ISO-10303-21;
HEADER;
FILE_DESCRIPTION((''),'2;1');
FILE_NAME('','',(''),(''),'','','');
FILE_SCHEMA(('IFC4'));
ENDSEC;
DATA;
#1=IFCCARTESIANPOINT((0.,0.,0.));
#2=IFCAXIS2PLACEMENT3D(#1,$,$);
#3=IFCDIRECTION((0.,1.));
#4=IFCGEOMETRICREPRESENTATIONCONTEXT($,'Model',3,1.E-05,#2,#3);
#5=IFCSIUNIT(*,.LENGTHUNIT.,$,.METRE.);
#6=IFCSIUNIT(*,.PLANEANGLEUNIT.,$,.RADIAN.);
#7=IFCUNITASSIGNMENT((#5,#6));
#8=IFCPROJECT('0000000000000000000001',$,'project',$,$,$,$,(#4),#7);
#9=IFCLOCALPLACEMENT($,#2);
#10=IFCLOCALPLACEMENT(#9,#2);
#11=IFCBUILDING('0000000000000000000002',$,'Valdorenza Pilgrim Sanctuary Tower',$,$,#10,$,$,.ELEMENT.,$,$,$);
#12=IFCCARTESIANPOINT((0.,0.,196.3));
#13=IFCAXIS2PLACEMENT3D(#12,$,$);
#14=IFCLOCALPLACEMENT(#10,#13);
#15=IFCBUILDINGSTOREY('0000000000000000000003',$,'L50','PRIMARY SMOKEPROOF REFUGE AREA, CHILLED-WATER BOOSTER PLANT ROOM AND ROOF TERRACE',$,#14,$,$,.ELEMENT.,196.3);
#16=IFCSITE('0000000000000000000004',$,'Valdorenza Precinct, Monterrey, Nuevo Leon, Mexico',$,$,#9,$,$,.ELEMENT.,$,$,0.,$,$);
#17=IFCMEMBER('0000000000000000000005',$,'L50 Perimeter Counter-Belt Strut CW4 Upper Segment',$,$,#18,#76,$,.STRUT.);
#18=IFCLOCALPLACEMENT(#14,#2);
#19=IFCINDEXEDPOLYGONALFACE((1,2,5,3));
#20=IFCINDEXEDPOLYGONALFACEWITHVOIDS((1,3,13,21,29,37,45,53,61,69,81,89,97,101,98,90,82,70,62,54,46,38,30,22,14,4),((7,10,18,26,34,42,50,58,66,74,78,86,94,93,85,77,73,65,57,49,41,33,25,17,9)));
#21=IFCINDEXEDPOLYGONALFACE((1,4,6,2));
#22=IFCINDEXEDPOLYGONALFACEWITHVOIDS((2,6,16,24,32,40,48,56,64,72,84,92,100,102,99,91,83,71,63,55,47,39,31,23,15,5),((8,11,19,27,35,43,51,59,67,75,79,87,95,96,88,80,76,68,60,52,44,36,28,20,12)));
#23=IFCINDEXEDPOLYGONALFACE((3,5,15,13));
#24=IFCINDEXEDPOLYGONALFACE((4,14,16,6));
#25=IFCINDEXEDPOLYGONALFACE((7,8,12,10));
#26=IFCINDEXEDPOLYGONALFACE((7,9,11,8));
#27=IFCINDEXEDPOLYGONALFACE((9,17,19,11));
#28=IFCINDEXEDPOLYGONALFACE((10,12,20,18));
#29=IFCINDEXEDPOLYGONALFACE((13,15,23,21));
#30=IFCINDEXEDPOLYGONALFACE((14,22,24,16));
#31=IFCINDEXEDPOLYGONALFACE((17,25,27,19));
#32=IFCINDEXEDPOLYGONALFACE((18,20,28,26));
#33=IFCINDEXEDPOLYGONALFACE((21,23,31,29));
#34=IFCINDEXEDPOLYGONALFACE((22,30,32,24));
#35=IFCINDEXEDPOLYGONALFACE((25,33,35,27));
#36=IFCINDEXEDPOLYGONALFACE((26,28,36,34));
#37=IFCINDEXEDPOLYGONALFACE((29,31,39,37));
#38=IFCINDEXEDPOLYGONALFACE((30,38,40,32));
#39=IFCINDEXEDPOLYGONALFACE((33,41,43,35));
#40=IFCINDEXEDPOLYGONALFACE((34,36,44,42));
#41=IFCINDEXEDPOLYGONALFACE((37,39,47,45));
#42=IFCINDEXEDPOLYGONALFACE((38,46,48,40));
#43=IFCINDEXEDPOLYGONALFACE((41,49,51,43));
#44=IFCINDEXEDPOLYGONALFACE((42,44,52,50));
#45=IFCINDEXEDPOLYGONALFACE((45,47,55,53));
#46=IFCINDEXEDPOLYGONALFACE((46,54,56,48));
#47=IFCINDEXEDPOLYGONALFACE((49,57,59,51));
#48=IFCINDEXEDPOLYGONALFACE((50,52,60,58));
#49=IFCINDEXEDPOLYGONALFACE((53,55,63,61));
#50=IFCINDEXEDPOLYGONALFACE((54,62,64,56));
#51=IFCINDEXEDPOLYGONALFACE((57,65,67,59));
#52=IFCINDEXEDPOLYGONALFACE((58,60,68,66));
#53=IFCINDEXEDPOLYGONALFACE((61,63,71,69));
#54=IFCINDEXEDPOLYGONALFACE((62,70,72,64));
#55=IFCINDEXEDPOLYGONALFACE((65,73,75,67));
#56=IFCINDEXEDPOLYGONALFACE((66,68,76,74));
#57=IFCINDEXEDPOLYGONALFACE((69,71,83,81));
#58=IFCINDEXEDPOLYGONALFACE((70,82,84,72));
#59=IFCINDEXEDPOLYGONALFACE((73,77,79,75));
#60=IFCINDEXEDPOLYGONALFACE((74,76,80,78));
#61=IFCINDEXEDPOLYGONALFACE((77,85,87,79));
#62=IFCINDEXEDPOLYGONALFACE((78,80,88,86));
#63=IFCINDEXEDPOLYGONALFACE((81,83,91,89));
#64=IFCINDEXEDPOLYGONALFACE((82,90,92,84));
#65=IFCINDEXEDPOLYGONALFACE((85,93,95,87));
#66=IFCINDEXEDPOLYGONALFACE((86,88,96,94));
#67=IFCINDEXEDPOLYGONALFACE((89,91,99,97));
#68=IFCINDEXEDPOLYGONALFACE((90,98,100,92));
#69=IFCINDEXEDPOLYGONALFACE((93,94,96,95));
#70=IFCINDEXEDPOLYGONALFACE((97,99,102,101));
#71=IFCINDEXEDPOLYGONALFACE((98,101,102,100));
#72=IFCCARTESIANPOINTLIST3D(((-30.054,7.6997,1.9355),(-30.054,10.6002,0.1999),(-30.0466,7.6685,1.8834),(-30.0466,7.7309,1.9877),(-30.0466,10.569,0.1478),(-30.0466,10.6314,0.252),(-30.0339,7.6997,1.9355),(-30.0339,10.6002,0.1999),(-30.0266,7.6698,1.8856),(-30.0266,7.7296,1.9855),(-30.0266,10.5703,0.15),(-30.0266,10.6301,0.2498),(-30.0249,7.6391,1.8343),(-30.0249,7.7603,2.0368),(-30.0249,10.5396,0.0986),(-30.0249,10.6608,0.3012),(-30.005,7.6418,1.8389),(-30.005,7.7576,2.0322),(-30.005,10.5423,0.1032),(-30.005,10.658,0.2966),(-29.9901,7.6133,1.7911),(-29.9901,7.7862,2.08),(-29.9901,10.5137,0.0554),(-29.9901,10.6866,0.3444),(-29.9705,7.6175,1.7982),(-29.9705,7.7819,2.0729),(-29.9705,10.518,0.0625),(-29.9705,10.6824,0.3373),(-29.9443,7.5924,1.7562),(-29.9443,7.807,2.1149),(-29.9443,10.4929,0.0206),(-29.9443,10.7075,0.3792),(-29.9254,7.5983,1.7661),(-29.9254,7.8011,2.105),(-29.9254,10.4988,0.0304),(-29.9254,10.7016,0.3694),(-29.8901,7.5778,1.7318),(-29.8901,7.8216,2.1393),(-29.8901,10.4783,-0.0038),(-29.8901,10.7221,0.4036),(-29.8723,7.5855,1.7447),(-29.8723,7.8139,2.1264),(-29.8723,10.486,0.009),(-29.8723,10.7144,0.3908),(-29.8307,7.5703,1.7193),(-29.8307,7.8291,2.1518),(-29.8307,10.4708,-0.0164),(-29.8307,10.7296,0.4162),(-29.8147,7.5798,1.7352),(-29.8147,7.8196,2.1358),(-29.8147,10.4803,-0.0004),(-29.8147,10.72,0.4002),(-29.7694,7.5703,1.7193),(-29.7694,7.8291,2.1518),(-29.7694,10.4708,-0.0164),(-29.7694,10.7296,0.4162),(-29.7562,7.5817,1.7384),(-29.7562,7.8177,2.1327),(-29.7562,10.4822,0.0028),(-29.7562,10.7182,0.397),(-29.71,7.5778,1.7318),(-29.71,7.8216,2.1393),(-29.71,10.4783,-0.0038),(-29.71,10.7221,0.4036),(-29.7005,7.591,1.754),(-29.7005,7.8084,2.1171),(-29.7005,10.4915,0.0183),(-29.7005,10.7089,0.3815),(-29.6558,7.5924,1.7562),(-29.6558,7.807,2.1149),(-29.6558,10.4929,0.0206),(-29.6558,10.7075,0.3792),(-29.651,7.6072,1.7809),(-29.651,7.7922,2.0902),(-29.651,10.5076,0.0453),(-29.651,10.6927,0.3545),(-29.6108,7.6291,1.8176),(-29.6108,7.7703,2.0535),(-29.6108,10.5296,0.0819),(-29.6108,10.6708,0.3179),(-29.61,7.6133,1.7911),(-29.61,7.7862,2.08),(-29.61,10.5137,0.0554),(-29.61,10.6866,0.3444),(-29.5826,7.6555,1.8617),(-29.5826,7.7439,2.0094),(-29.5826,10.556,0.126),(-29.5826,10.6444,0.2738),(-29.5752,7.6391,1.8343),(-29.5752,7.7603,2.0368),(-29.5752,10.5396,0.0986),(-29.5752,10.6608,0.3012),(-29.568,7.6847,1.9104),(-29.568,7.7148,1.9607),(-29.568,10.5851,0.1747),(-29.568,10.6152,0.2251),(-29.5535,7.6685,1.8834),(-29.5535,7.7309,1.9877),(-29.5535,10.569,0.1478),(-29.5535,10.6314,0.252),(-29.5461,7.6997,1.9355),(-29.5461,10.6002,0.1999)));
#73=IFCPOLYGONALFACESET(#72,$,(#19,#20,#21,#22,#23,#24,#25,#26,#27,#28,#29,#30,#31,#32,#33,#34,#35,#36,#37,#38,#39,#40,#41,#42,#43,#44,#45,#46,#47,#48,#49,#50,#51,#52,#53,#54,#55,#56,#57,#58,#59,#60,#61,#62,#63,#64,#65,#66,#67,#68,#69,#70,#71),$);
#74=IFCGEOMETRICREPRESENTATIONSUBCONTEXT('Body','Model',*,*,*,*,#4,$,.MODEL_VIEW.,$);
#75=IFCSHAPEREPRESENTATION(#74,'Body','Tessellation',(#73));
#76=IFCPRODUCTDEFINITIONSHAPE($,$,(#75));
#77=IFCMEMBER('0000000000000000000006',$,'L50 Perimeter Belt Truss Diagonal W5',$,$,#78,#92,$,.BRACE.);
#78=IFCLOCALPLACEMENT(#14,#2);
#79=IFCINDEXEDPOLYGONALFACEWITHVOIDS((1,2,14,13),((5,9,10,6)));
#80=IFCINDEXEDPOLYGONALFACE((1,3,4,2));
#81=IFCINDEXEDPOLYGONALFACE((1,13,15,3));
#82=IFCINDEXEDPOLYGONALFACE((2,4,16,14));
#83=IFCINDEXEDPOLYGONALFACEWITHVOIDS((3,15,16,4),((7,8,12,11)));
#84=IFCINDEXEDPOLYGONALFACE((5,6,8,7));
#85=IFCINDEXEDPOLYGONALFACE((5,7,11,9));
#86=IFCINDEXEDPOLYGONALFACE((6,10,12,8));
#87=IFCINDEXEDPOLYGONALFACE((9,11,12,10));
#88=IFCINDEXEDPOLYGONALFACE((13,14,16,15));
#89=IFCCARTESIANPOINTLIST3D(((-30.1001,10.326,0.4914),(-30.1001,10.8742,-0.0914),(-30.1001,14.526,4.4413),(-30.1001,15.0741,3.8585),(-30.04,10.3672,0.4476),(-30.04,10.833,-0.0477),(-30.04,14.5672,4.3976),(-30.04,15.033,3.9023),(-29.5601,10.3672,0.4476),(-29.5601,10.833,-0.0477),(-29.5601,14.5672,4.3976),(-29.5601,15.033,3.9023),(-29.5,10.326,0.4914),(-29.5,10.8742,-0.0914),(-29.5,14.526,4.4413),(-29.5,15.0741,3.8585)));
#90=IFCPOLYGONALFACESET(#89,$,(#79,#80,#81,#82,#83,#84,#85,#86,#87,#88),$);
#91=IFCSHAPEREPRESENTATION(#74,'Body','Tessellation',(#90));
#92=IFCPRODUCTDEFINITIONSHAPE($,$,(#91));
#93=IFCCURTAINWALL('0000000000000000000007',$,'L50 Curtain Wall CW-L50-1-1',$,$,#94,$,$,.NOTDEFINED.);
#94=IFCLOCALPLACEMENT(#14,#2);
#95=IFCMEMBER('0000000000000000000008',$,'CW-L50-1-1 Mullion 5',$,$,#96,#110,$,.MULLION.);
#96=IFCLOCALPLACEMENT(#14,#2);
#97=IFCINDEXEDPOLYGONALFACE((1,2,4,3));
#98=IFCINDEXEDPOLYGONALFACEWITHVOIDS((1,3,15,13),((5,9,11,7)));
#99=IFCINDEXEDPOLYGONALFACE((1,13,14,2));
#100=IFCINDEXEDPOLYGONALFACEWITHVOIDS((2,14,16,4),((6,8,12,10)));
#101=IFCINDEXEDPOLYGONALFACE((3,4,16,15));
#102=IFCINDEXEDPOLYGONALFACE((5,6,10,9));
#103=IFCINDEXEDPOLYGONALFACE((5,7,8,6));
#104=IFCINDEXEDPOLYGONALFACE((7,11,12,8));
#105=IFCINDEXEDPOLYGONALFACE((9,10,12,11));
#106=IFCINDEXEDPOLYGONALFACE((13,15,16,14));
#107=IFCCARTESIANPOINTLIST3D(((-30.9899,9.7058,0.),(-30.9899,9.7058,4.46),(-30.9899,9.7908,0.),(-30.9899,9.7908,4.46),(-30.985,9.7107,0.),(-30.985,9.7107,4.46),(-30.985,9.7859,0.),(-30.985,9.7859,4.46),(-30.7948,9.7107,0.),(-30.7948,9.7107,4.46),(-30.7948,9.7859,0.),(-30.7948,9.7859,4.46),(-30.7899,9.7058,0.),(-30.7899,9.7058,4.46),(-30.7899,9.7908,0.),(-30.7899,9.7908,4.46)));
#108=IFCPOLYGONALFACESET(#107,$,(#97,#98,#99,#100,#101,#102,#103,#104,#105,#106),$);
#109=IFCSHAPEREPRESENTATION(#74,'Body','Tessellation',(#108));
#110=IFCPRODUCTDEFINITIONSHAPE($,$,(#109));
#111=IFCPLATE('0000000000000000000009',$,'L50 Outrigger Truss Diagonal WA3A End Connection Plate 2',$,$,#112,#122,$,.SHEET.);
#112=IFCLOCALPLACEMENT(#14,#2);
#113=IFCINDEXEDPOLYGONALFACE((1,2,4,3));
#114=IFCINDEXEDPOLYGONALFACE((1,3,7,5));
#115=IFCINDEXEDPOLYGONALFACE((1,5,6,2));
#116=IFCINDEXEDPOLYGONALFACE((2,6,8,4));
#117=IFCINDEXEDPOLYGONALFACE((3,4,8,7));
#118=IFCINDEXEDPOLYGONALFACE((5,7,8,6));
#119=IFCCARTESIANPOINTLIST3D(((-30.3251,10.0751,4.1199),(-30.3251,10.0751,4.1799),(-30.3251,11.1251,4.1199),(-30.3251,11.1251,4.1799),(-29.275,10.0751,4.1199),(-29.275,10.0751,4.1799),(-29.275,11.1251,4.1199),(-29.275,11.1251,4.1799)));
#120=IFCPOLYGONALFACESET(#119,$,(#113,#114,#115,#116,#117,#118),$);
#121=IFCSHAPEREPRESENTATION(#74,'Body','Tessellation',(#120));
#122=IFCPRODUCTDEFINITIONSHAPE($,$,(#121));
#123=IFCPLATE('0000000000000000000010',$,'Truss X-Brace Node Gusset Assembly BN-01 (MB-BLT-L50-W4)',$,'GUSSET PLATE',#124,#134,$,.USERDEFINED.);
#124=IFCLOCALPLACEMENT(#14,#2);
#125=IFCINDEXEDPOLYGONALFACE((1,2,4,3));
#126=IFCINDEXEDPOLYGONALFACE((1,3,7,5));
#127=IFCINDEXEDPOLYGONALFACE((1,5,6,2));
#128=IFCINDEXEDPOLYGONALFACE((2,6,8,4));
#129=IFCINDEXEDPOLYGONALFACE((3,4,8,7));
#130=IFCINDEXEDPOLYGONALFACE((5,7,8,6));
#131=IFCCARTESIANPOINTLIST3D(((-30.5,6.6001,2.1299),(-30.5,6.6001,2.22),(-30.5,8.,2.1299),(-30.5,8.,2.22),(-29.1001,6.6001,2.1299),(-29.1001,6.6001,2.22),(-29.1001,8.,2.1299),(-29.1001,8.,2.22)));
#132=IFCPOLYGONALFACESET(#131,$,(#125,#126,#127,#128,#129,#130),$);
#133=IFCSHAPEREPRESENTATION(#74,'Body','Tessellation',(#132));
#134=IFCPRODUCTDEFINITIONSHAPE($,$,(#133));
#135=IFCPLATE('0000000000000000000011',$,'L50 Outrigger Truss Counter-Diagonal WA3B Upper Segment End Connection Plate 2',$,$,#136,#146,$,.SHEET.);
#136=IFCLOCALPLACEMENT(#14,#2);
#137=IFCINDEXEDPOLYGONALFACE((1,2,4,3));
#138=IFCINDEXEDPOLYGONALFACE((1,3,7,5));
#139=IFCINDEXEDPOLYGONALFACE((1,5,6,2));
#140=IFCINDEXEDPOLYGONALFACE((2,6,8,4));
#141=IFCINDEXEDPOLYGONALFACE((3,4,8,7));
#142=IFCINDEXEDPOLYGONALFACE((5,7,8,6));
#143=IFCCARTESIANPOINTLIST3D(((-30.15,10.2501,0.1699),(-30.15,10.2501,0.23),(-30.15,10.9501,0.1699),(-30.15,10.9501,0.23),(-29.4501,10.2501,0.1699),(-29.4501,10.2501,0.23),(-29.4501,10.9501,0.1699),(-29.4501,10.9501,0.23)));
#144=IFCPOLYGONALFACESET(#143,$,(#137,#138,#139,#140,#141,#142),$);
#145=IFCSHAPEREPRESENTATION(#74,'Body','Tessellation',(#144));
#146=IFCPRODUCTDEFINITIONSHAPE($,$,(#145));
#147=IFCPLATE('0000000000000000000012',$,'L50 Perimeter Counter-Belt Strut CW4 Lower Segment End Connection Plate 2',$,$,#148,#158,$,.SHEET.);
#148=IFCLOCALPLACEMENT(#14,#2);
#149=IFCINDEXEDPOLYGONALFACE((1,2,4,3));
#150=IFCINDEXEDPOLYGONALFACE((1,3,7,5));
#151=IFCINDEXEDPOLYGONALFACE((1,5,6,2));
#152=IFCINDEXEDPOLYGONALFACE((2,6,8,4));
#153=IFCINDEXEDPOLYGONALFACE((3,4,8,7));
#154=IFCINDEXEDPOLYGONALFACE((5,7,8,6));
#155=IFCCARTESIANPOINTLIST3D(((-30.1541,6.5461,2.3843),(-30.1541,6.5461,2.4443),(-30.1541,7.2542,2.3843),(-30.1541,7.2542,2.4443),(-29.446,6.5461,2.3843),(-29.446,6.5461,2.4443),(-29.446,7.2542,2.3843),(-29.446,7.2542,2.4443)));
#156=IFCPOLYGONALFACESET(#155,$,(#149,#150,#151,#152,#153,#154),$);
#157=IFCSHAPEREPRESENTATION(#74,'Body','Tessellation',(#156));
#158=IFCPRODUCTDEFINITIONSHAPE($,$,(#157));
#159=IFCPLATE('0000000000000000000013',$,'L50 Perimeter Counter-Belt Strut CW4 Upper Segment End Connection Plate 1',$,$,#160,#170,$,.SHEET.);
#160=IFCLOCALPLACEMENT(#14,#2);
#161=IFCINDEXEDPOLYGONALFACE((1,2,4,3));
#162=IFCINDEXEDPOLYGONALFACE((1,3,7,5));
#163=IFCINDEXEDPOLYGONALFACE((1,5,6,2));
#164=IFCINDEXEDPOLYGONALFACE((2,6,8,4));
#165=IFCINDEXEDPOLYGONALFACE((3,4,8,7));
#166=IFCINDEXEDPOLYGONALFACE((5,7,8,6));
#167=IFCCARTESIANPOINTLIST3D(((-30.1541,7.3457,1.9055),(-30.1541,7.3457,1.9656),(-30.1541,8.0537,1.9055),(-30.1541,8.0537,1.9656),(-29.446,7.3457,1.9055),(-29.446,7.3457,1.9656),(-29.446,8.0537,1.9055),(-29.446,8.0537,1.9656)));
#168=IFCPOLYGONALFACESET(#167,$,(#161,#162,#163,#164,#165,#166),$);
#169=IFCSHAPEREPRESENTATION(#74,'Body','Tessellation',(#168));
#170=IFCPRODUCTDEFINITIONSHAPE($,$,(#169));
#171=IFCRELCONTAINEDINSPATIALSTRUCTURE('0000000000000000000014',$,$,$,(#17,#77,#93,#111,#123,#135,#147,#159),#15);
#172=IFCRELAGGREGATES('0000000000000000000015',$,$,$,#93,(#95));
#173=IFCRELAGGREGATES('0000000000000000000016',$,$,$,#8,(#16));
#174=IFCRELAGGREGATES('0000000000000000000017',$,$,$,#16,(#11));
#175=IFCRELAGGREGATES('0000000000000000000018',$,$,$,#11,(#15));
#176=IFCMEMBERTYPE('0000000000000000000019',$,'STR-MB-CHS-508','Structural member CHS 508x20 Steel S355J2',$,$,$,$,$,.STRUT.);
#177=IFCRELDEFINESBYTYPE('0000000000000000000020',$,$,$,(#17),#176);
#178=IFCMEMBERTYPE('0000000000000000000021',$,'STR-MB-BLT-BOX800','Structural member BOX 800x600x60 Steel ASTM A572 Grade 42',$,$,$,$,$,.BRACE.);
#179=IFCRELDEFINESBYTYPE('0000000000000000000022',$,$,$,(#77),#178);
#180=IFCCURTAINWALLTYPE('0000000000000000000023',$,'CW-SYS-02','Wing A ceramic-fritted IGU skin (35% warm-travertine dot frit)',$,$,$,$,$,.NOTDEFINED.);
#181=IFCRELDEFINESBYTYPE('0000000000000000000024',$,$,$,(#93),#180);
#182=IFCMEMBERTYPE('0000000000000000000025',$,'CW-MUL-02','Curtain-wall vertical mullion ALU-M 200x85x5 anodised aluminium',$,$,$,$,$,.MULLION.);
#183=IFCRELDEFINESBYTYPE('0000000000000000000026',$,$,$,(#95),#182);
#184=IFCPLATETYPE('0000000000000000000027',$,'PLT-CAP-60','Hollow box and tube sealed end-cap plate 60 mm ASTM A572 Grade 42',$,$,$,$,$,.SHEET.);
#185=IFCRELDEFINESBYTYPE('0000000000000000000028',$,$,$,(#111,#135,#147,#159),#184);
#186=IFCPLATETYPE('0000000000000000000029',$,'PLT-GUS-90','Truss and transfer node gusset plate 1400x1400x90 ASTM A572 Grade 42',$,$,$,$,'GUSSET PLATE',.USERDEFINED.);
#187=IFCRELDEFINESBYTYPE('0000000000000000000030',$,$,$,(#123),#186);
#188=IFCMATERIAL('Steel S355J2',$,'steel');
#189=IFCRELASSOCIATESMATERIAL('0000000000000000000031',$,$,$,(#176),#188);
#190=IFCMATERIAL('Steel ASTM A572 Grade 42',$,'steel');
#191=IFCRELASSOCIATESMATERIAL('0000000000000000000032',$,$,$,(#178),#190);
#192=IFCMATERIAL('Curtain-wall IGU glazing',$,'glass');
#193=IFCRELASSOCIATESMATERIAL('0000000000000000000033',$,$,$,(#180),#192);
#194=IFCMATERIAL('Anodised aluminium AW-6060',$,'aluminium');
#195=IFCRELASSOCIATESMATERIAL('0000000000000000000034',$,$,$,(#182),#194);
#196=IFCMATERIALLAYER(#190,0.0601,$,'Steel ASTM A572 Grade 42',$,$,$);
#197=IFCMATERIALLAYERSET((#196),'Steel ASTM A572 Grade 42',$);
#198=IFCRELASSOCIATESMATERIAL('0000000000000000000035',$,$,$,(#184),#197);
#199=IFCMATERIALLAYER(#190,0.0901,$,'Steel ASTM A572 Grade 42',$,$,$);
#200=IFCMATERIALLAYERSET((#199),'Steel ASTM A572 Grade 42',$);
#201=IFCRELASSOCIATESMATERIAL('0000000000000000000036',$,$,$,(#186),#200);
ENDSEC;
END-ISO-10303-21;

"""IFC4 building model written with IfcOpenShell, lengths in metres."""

from ifc_helpers import new_model, si_unit, direction, frame, origin, origin_2d, place, context, subcontext, project, spatial, rectangle, hollow_rectangle, hollow_circle, extrude, source, transform, mapped, material, layer, layer_set, material_profile, profile_set, type_object, element, aggregate, save


model = new_model("IFC4")

# Units and contexts
model_context = context("Model", 3, precision=1e-05, world=origin(), true_north=direction((0.0, 1.0)))
body_context = subcontext(model_context, "Body", "Model", "MODEL_VIEW")
ifc_project = project(units=[si_unit("LENGTHUNIT", "METRE"), si_unit("PLANEANGLEUNIT", "RADIAN")], contexts=[model_context])

# Site, building, storey
site_placement = place(None, origin())
site = spatial("IfcSite", under=ifc_project, at=site_placement, Name="Valdorenza Precinct, Monterrey, Nuevo Leon, Mexico", CompositionType="ELEMENT", RefElevation=0.0)
building_placement = place(site_placement, origin())
building = spatial("IfcBuilding", under=site, at=building_placement, Name="Valdorenza Pilgrim Sanctuary Tower", CompositionType="ELEMENT")
storey_placement = place(building_placement, frame((0.0, 0.0, 196.3)))
storey = spatial("IfcBuildingStorey", under=building, at=storey_placement, Name="L50", Description="PRIMARY SMOKEPROOF REFUGE AREA, CHILLED-WATER BOOSTER PLANT ROOM AND ROOF TERRACE", CompositionType="ELEMENT", Elevation=196.3)

# Members
ifc_material_1 = material(Name="Steel S355J2", Category="steel")
ifc_material_profile_1 = material_profile(ifc_material_1, hollow_circle(Radius=0.2539, WallThickness=0.02, at=origin_2d()), Name="CHS 508x20")
ifc_profile_set_1 = profile_set([ifc_material_profile_1], Name="Steel S355J2")
member_type_1 = type_object("IfcMemberType", Name="STR-MB-CHS-508", Description="Structural member CHS 508x20 Steel S355J2", PredefinedType="STRUT", material=ifc_profile_set_1)
shared_shape_1 = source(origin(), body_context, "Body", "SweptSolid", [
    extrude(hollow_circle(Radius=0.2539, WallThickness=0.02, at=origin_2d()), origin(), (0.0, 0.0, 1.0), 3.3801),
])
member_1_placement = place(storey_placement, frame((-29.8, 7.6997, 1.9355), z_axis=(0.0, 0.858098, -0.513486), x_axis=(-1.0, 0.0, 0.0)))
element("IfcMember", 1, at=member_1_placement, inside=storey, type_object=member_type_1, Name="L50 Perimeter Counter-Belt Strut CW4 Upper Segment", PredefinedType="STRUT", context=body_context, shape_type="MappedRepresentation", body=[
    mapped(shared_shape_1, transform((0.0, 0.0, 0.0), x_axis=(1.0, 0.0, 0.0), y_axis=(0.0, 1.0, 0.0), z_axis=(0.0, 0.0, 1.0), scale=1.0)),
])
ifc_material_2 = material(Name="Steel ASTM A572 Grade 42", Category="steel")
ifc_material_profile_2 = material_profile(ifc_material_2, hollow_rectangle(XDim=0.6001, YDim=0.8, WallThickness=0.0601, at=origin_2d()), Name="BOX 800x600x60")
ifc_profile_set_2 = profile_set([ifc_material_profile_2], Name="Steel ASTM A572 Grade 42")
member_type_2 = type_object("IfcMemberType", Name="STR-MB-BLT-BOX800", Description="Structural member BOX 800x600x60 Steel ASTM A572 Grade 42", PredefinedType="BRACE", material=ifc_profile_set_2)
shared_shape_2 = source(origin(), body_context, "Body", "SweptSolid", [
    extrude(hollow_rectangle(XDim=0.6001, YDim=0.8, WallThickness=0.0601, at=origin_2d()), origin(), (0.0, 0.0, 1.0), 5.7656),
])
member_2_placement = place(storey_placement, frame((-29.8, 10.6001, 0.2), z_axis=(0.0, 0.728455, 0.685094), x_axis=(-1.0, 0.0, 0.0)))
element("IfcMember", 2, at=member_2_placement, inside=storey, type_object=member_type_2, Name="L50 Perimeter Belt Truss Diagonal W5", PredefinedType="BRACE", context=body_context, shape_type="MappedRepresentation", body=[
    mapped(shared_shape_2, transform((0.0, 0.0, 0.0), x_axis=(1.0, 0.0, 0.0), y_axis=(0.0, 1.0, 0.0), z_axis=(0.0, 0.0, 1.0), scale=1.0)),
])

# Curtain wall, member
ifc_material_3 = material(Name="Curtain-wall IGU glazing", Category="glass")
curtain_wall_type = type_object("IfcCurtainWallType", Name="CW-SYS-02", Description="Wing A ceramic-fritted IGU skin (35% warm-travertine dot frit)", PredefinedType="NOTDEFINED", material=ifc_material_3)
curtain_wall_placement = place(storey_placement, origin())
curtain_wall = element("IfcCurtainWall", 3, at=curtain_wall_placement, inside=storey, type_object=curtain_wall_type, Name="L50 Curtain Wall CW-L50-1-1", PredefinedType="NOTDEFINED")
ifc_material_4 = material(Name="Anodised aluminium AW-6060", Category="aluminium")
ifc_material_profile_3 = material_profile(ifc_material_4, hollow_rectangle(XDim=0.085, YDim=0.2, WallThickness=0.0049, at=origin_2d()), Name="ALU-M 200x85x5")
ifc_profile_set_3 = profile_set([ifc_material_profile_3], Name="Anodised aluminium AW-6060")
member_type_3 = type_object("IfcMemberType", Name="CW-MUL-02", Description="Curtain-wall vertical mullion ALU-M 200x85x5 anodised aluminium", PredefinedType="MULLION", material=ifc_profile_set_3)
shared_shape_3 = source(origin(), body_context, "Body", "SweptSolid", [
    extrude(hollow_rectangle(XDim=0.085, YDim=0.2, WallThickness=0.0049, at=origin_2d()), origin(), (0.0, 0.0, 1.0), 4.46),
])
member_3_placement = place(storey_placement, frame((-30.8899, 9.7483, 0.0), z_axis=(0.0, 0.0, 1.0), x_axis=(0.0, 1.0, 0.0)))
member_3 = element("IfcMember", 4, at=member_3_placement, type_object=member_type_3, Name="CW-L50-1-1 Mullion 5", PredefinedType="MULLION", context=body_context, shape_type="MappedRepresentation", body=[
    mapped(shared_shape_3, transform((0.0, 0.0, 0.0), x_axis=(1.0, 0.0, 0.0), y_axis=(0.0, 1.0, 0.0), z_axis=(0.0, 0.0, 1.0), scale=1.0)),
])

# Plates
ifc_layer_1 = layer(ifc_material_2, 0.0601, Name="Steel ASTM A572 Grade 42")
ifc_layer_set_1 = layer_set([ifc_layer_1], Name="Steel ASTM A572 Grade 42")
plate_type_1 = type_object("IfcPlateType", Name="PLT-CAP-60", Description="Hollow box and tube sealed end-cap plate 60 mm ASTM A572 Grade 42", PredefinedType="SHEET", material=ifc_layer_set_1)
shared_shape_4 = source(origin(), body_context, "Body", "SweptSolid", [
    extrude(rectangle(XDim=1.05, YDim=1.05, at=origin_2d()), origin(), (0.0, 0.0, 1.0), 0.0601),
])
plate_1_placement = place(storey_placement, frame((-29.8, 10.6001, 4.1199), z_axis=(0.0, 0.0, 1.0), x_axis=(1.0, 0.0, 0.0)))
element("IfcPlate", 5, at=plate_1_placement, inside=storey, type_object=plate_type_1, Name="L50 Outrigger Truss Diagonal WA3A End Connection Plate 2", PredefinedType="SHEET", context=body_context, shape_type="MappedRepresentation", body=[
    mapped(shared_shape_4, transform((0.0, 0.0, 0.0), x_axis=(1.0, 0.0, 0.0), y_axis=(0.0, 1.0, 0.0), z_axis=(0.0, 0.0, 1.0), scale=1.0)),
])
ifc_layer_2 = layer(ifc_material_2, 0.0901, Name="Steel ASTM A572 Grade 42")
ifc_layer_set_2 = layer_set([ifc_layer_2], Name="Steel ASTM A572 Grade 42")
plate_type_2 = type_object("IfcPlateType", Name="PLT-GUS-90", Description="Truss and transfer node gusset plate 1400x1400x90 ASTM A572 Grade 42", ElementType="GUSSET PLATE", PredefinedType="USERDEFINED", material=ifc_layer_set_2)
shared_shape_5 = source(origin(), body_context, "Body", "SweptSolid", [
    extrude(rectangle(XDim=1.3999, YDim=1.3999, at=origin_2d()), origin(), (0.0, 0.0, 1.0), 0.0901),
])
plate_2_placement = place(storey_placement, frame((-29.8, 7.3, 2.1299), z_axis=(0.0, 0.0, 1.0), x_axis=(1.0, 0.0, 0.0)))
element("IfcPlate", 6, at=plate_2_placement, inside=storey, type_object=plate_type_2, Name="Truss X-Brace Node Gusset Assembly BN-01 (MB-BLT-L50-W4)", ObjectType="GUSSET PLATE", PredefinedType="USERDEFINED", context=body_context, shape_type="MappedRepresentation", body=[
    mapped(shared_shape_5, transform((0.0, 0.0, 0.0), x_axis=(1.0, 0.0, 0.0), y_axis=(0.0, 1.0, 0.0), z_axis=(0.0, 0.0, 1.0), scale=1.0)),
])
shared_shape_6 = source(origin(), body_context, "Body", "SweptSolid", [
    extrude(rectangle(XDim=0.7, YDim=0.7, at=origin_2d()), origin(), (0.0, 0.0, 1.0), 0.0601),
])
plate_3_placement = place(storey_placement, frame((-29.8, 10.6001, 0.1699), z_axis=(0.0, 0.0, 1.0), x_axis=(1.0, 0.0, 0.0)))
element("IfcPlate", 7, at=plate_3_placement, inside=storey, type_object=plate_type_1, Name="L50 Outrigger Truss Counter-Diagonal WA3B Upper Segment End Connection Plate 2", PredefinedType="SHEET", context=body_context, shape_type="MappedRepresentation", body=[
    mapped(shared_shape_6, transform((0.0, 0.0, 0.0), x_axis=(1.0, 0.0, 0.0), y_axis=(0.0, 1.0, 0.0), z_axis=(0.0, 0.0, 1.0), scale=1.0)),
])
shared_shape_7 = source(origin(), body_context, "Body", "SweptSolid", [
    extrude(rectangle(XDim=0.708, YDim=0.708, at=origin_2d()), origin(), (0.0, 0.0, 1.0), 0.0601),
])
for number, where, z_axis, x_axis, name in (
    (8, (-29.8, 6.9001, 2.3843), (0.0, 0.0, 1.0), (1.0, 0.0, 0.0), "L50 Perimeter Counter-Belt Strut CW4 Lower Segment End Connection Plate 2"),
    (9, (-29.8, 7.6997, 1.9055), (0.0, 0.0, 1.0), (1.0, 0.0, 0.0), "L50 Perimeter Counter-Belt Strut CW4 Upper Segment End Connection Plate 1"),
):
    element("IfcPlate", number, at=place(storey_placement, frame(where, z_axis=z_axis, x_axis=x_axis)), inside=storey, type_object=plate_type_1, Name=name, PredefinedType="SHEET", context=body_context, shape_type="MappedRepresentation", body=[
        mapped(shared_shape_7, transform((0.0, 0.0, 0.0), x_axis=(1.0, 0.0, 0.0), y_axis=(0.0, 1.0, 0.0), z_axis=(0.0, 0.0, 1.0), scale=1.0)),
    ])

aggregate(curtain_wall, [member_3])

save(model, "model.ifc")
